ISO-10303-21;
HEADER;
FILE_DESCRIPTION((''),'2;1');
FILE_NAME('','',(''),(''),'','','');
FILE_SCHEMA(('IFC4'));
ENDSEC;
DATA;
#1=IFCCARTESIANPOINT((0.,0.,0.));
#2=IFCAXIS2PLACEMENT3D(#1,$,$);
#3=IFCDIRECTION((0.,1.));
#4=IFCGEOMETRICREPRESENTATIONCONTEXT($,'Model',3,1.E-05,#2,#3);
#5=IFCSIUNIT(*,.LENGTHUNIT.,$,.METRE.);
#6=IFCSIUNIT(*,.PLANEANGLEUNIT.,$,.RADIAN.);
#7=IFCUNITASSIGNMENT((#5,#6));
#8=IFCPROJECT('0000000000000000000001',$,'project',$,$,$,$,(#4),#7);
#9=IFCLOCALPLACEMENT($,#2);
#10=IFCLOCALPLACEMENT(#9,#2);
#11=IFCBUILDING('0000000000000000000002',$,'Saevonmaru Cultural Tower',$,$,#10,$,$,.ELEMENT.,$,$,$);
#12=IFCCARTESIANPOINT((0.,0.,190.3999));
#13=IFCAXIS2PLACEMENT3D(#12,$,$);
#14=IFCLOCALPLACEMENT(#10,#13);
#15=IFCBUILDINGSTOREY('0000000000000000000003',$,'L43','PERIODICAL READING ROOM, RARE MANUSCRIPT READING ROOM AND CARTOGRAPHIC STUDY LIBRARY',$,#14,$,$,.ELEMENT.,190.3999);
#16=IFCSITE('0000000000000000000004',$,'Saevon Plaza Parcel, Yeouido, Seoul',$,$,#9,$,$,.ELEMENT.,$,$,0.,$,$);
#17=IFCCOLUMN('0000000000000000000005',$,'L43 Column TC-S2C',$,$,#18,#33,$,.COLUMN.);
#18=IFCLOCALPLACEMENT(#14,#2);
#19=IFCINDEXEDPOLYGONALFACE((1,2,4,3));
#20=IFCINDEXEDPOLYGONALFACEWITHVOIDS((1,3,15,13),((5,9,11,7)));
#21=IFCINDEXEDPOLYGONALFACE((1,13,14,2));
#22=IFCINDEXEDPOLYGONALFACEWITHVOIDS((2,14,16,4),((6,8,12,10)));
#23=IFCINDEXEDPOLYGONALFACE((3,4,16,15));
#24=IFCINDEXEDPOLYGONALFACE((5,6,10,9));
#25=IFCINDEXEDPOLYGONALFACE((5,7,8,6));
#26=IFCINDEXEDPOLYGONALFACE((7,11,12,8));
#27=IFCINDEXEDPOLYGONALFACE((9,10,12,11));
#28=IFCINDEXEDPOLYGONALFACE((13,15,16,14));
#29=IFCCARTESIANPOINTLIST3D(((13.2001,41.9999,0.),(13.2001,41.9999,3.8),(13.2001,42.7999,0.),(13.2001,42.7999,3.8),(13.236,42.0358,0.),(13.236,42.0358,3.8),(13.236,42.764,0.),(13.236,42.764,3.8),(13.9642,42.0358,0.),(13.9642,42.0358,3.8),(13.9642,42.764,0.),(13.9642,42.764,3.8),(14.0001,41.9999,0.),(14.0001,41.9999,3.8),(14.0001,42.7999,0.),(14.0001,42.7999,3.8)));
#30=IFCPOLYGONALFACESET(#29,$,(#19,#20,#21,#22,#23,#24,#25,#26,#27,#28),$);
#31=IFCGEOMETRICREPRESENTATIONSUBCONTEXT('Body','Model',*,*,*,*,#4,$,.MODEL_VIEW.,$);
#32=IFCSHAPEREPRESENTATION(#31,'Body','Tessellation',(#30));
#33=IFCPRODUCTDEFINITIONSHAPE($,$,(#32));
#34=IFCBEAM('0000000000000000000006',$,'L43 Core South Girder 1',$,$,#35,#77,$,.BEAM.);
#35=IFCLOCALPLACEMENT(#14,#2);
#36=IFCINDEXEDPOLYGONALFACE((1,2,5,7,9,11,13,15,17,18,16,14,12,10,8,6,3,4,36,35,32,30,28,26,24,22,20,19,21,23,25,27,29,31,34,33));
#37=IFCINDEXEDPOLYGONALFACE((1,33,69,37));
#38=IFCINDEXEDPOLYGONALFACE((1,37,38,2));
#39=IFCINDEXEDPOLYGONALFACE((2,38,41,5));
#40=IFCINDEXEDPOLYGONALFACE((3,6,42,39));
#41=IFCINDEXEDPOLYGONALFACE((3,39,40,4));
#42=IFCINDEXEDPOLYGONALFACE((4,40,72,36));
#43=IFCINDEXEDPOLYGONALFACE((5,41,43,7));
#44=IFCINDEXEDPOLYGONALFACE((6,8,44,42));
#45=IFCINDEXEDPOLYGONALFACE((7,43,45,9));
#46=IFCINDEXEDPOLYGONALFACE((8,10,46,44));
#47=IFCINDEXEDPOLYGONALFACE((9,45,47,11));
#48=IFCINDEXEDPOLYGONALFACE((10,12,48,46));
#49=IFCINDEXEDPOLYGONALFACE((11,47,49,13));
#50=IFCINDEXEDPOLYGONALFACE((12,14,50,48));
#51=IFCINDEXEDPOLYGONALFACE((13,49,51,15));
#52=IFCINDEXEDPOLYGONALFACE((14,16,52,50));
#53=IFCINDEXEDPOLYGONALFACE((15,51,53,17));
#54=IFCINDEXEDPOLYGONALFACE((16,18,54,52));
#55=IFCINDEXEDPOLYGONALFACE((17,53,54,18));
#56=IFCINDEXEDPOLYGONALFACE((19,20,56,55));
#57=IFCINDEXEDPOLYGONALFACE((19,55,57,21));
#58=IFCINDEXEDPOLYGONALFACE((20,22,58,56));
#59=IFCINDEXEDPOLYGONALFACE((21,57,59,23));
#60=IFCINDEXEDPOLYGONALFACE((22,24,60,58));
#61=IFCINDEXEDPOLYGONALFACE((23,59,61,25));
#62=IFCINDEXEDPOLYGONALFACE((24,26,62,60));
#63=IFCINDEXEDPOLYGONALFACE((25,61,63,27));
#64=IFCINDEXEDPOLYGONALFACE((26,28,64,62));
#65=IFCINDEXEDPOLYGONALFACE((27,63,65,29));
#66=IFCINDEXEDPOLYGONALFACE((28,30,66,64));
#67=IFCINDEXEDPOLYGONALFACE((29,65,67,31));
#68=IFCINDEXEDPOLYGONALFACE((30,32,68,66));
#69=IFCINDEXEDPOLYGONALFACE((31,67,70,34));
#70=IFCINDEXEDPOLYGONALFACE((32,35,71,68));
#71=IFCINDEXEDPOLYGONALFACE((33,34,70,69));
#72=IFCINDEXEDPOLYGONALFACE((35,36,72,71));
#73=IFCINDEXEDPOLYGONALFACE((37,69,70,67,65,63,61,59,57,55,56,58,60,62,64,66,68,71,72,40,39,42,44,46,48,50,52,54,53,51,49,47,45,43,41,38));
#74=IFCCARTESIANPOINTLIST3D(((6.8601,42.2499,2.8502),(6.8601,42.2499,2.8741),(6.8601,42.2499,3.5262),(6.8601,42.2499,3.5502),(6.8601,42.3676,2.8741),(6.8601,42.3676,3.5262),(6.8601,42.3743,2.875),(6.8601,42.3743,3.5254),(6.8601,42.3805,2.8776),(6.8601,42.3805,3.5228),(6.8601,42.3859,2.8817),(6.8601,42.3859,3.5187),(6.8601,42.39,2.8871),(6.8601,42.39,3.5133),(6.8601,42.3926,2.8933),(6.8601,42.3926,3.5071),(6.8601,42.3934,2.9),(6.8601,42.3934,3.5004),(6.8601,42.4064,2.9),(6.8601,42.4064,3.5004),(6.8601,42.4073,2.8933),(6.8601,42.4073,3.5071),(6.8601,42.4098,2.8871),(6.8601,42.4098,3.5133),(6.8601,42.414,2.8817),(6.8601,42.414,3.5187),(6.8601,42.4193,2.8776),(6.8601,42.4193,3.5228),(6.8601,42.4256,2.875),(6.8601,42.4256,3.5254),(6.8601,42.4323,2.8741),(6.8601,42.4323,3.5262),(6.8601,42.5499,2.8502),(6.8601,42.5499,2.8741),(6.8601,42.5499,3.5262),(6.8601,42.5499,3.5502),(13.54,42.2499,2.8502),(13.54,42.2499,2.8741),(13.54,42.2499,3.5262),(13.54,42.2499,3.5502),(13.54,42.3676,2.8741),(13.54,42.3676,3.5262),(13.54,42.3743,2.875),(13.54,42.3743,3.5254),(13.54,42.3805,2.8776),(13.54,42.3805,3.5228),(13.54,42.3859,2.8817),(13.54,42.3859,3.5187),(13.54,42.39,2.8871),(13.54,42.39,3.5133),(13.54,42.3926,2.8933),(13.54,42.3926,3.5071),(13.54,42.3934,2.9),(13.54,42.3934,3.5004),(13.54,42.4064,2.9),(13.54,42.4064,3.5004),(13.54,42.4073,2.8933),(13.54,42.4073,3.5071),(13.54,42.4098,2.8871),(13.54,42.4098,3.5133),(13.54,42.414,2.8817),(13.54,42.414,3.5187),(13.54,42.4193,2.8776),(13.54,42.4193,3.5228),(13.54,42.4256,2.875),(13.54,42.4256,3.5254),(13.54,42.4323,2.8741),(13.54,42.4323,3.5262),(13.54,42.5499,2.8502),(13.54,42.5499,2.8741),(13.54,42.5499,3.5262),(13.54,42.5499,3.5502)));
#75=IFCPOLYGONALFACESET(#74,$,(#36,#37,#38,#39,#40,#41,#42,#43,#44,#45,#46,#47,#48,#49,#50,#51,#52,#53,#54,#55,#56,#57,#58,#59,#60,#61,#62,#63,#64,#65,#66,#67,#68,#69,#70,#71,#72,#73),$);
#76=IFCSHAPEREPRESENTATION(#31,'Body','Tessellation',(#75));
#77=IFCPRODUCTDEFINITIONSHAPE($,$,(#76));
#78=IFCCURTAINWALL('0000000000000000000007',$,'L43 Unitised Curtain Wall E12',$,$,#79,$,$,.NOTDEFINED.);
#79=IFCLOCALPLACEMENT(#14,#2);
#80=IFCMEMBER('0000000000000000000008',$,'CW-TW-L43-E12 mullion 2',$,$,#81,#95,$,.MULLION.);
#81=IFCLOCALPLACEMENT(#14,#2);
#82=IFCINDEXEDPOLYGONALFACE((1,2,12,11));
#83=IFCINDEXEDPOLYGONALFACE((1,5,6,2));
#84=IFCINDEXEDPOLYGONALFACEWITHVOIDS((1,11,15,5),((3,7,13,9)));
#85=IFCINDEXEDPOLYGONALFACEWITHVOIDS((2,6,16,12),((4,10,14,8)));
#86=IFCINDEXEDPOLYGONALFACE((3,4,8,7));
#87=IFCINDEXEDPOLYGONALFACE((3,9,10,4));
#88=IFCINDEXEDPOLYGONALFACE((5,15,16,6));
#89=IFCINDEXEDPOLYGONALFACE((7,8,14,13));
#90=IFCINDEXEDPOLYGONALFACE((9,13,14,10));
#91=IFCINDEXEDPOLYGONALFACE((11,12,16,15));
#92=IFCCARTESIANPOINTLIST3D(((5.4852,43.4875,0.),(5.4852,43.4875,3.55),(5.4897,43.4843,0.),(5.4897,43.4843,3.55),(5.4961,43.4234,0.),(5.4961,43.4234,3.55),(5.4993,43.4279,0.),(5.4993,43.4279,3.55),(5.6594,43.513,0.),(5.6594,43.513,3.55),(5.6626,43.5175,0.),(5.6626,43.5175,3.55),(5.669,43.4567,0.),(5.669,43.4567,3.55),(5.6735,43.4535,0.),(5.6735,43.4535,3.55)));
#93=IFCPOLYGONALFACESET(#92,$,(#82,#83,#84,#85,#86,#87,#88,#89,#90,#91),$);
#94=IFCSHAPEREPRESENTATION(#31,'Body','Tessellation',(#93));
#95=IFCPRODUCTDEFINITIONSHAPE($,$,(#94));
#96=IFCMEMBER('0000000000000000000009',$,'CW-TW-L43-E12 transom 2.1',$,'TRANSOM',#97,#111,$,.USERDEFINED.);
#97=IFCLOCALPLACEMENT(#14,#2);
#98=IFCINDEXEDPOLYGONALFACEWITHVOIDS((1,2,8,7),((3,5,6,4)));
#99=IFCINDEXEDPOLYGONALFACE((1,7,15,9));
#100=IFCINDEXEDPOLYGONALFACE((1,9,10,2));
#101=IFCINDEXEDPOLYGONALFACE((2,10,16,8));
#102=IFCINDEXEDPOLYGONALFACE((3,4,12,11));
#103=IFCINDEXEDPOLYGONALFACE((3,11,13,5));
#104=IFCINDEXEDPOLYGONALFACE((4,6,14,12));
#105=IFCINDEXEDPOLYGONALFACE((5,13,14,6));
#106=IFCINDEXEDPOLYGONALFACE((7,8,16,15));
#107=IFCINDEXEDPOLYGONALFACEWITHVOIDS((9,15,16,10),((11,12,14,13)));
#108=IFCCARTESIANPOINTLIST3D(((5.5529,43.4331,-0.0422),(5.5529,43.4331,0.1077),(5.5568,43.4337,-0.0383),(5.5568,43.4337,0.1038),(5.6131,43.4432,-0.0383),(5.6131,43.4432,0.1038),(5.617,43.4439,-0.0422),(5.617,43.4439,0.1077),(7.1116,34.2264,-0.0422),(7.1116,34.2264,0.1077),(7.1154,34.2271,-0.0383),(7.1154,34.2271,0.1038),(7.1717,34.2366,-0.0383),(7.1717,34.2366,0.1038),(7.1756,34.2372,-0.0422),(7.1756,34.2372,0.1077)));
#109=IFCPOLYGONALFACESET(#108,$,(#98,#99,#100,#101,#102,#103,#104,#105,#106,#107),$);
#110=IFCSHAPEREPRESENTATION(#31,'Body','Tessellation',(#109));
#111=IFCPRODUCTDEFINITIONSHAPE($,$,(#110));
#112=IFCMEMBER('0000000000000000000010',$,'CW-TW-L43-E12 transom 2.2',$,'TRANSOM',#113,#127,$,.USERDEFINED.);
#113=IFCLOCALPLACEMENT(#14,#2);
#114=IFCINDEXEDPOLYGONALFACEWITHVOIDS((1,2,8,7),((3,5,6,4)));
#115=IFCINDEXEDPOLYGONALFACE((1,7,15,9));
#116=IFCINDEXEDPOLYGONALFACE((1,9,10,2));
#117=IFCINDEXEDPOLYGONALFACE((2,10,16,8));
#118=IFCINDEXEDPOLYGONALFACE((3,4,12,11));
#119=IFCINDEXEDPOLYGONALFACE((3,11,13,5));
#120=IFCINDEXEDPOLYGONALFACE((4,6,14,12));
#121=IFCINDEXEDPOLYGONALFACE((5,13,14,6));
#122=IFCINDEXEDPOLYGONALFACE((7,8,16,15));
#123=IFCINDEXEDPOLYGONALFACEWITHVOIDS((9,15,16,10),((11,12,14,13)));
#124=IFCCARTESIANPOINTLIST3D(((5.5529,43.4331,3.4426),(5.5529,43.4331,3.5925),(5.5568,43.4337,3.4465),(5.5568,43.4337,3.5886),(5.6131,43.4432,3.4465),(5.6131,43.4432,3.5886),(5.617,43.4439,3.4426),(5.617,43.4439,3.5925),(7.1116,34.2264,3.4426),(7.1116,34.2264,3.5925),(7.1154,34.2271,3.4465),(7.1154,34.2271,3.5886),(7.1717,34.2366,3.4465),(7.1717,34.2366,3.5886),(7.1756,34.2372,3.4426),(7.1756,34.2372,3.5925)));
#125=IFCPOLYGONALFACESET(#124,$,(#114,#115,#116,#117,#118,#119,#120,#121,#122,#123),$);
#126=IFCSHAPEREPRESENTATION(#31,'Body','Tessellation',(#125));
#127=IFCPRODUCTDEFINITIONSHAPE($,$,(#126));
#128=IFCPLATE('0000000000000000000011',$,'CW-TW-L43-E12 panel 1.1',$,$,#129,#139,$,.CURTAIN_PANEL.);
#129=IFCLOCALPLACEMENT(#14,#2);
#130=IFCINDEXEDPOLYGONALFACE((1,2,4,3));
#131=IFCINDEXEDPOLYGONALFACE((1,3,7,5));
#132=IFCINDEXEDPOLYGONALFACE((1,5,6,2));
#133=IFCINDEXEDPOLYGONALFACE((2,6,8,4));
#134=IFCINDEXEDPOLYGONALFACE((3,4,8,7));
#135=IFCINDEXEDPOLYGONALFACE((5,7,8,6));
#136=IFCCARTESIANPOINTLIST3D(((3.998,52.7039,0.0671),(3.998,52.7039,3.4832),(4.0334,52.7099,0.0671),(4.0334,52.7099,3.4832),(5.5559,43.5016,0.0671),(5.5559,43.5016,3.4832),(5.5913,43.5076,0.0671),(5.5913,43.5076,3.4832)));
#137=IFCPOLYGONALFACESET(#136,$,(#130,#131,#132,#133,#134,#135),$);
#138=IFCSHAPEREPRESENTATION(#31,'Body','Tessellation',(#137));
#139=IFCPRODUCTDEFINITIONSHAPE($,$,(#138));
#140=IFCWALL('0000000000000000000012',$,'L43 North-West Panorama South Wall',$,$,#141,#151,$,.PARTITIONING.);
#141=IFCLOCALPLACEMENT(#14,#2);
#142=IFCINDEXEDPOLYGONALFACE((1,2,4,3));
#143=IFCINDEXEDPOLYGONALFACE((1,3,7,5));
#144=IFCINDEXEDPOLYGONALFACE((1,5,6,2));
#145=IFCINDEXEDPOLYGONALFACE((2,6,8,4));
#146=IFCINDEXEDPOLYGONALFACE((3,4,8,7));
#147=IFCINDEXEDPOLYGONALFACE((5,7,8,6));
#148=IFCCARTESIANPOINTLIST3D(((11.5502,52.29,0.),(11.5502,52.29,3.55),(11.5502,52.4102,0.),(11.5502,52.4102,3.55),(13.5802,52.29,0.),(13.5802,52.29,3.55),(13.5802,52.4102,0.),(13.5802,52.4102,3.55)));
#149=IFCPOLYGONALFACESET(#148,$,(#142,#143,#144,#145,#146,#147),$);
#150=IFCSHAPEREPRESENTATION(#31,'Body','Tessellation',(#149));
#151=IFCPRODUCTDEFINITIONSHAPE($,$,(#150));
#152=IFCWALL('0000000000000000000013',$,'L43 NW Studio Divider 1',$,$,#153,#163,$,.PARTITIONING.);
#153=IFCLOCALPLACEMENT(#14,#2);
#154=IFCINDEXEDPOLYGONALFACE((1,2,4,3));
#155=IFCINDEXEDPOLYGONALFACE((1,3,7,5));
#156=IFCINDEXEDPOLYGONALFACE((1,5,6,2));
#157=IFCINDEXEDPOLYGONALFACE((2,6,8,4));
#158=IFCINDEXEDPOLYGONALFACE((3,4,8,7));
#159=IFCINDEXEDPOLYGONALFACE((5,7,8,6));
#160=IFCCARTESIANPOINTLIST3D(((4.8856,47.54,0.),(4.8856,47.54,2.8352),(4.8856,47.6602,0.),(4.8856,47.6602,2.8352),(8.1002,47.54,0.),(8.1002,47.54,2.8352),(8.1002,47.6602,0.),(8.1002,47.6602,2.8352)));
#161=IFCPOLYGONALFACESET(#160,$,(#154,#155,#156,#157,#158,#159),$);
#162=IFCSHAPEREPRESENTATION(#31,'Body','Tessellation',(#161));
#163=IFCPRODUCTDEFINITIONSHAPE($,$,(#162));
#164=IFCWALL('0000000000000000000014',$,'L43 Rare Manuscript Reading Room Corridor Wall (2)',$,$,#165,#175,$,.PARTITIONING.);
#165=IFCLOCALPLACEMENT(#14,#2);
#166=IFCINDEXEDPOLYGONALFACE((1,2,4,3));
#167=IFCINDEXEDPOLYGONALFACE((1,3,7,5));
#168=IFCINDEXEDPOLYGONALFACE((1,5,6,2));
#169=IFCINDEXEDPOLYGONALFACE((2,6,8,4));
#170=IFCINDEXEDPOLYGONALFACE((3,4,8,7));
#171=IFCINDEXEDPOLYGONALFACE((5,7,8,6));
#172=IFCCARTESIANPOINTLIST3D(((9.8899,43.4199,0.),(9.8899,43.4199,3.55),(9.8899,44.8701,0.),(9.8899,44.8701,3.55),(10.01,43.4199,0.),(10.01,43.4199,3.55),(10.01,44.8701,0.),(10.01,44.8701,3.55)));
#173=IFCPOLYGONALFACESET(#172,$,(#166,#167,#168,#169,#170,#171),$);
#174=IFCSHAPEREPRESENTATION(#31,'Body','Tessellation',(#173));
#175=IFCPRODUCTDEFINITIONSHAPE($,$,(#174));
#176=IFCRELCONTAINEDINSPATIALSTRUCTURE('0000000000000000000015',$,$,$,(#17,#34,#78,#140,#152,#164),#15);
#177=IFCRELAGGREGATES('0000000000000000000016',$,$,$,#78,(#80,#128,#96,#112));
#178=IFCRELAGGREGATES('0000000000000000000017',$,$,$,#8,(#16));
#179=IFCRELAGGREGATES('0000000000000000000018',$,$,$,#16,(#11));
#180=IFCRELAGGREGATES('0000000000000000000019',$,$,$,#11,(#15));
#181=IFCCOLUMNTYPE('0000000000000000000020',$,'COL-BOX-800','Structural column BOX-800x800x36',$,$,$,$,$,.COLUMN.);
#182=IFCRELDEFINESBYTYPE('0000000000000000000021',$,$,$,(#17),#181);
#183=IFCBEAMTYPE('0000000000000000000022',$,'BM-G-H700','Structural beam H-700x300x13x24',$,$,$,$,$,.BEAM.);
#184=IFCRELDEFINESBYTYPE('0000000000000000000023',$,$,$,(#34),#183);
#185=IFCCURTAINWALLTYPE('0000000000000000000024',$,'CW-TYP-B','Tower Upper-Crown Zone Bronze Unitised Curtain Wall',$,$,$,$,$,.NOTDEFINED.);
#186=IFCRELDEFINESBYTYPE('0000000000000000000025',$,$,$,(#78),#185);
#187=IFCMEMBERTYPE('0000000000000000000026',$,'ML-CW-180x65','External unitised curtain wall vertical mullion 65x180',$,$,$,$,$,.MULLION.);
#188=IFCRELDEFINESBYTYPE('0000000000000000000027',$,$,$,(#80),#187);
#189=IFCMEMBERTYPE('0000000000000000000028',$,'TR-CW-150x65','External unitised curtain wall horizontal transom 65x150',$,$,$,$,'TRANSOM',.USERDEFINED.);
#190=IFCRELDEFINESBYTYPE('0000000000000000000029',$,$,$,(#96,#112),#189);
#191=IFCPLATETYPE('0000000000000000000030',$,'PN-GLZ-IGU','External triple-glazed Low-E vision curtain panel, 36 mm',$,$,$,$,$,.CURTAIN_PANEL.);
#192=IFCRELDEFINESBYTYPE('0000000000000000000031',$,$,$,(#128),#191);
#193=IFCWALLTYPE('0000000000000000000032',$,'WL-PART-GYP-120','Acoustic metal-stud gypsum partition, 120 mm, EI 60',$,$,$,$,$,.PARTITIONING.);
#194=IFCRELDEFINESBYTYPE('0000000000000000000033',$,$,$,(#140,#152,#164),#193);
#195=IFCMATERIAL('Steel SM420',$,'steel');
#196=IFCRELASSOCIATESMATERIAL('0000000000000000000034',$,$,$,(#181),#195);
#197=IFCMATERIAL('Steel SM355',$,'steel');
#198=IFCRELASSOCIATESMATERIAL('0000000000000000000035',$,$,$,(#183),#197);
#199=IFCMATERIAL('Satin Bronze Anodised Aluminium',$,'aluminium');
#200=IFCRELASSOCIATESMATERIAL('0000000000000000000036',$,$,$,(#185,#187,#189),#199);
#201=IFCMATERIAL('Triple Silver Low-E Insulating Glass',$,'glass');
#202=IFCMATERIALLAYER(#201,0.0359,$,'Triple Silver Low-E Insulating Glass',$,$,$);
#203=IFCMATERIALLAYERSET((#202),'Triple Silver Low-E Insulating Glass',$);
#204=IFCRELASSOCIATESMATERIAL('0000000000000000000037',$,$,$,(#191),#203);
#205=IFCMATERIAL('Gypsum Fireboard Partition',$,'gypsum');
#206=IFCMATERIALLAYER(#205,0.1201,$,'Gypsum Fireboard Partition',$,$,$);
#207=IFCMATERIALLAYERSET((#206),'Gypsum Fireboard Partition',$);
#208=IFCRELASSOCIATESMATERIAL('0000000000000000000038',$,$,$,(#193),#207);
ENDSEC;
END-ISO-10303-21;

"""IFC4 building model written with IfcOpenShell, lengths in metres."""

from ifc_helpers import new_model, si_unit, direction, frame, frame_2d, origin, origin_2d, place, context, subcontext, project, spatial, rectangle, hollow_rectangle, i_section, extrude, material, layer, layer_set, material_profile, profile_set, type_object, element, aggregate, save


model = new_model("IFC4")

# Units and contexts
model_context = context("Model", 3, precision=1e-05, world=origin(), true_north=direction((0.0, 1.0)))
body_context = subcontext(model_context, "Body", "Model", "MODEL_VIEW")
ifc_project = project(units=[si_unit("LENGTHUNIT", "METRE"), si_unit("PLANEANGLEUNIT", "RADIAN")], contexts=[model_context])

# Site, building, storey
site_placement = place(None, origin())
site = spatial("IfcSite", under=ifc_project, at=site_placement, Name="Saevon Plaza Parcel, Yeouido, Seoul", CompositionType="ELEMENT", RefElevation=0.0)
building_placement = place(site_placement, origin())
building = spatial("IfcBuilding", under=site, at=building_placement, Name="Saevonmaru Cultural Tower", CompositionType="ELEMENT")
storey_placement = place(building_placement, frame((0.0, 0.0, 190.3999)))
storey = spatial("IfcBuildingStorey", under=building, at=storey_placement, Name="L43", Description="PERIODICAL READING ROOM, RARE MANUSCRIPT READING ROOM AND CARTOGRAPHIC STUDY LIBRARY", CompositionType="ELEMENT", Elevation=190.3999)

# Column
ifc_material_1 = material(Name="Steel SM420", Category="steel")
ifc_material_profile_1 = material_profile(ifc_material_1, hollow_rectangle(XDim=0.8, YDim=0.8, WallThickness=0.0359, at=origin_2d()), Name="BOX-800x800x36")
ifc_profile_set_1 = profile_set([ifc_material_profile_1], Name="Steel SM420")
column_type = type_object("IfcColumnType", Name="COL-BOX-800", Description="Structural column BOX-800x800x36", PredefinedType="COLUMN", material=ifc_profile_set_1)
column_placement = place(storey_placement, frame((13.6001, 42.3999, 0.0), z_axis=(0.0, 0.0, 1.0), x_axis=(1.0, 0.0, 0.0)))
element("IfcColumn", 1, at=column_placement, inside=storey, type_object=column_type, Name="L43 Column TC-S2C", PredefinedType="COLUMN", context=body_context, shape_type="SweptSolid", body=[
    extrude(hollow_rectangle(XDim=0.8, YDim=0.8, WallThickness=0.0359, at=origin_2d()), origin(), (0.0, 0.0, 1.0), 3.8),
])

# Beam
ifc_material_2 = material(Name="Steel SM355", Category="steel")
ifc_material_profile_2 = material_profile(ifc_material_2, i_section(OverallWidth=0.3, OverallDepth=0.7, WebThickness=0.0129, FlangeThickness=0.0239, FilletRadius=0.0259, at=origin_2d()), Name="H-700x300x13x24")
ifc_profile_set_2 = profile_set([ifc_material_profile_2], Name="Steel SM355")
beam_type = type_object("IfcBeamType", Name="BM-G-H700", Description="Structural beam H-700x300x13x24", PredefinedType="BEAM", material=ifc_profile_set_2)
beam_placement = place(storey_placement, frame((6.8601, 42.3999, 3.2002), z_axis=(1.0, 0.0, 0.0), x_axis=(0.0, 1.0, 0.0)))
element("IfcBeam", 2, at=beam_placement, inside=storey, type_object=beam_type, Name="L43 Core South Girder 1", PredefinedType="BEAM", context=body_context, shape_type="SweptSolid", body=[
    extrude(i_section(OverallWidth=0.3, OverallDepth=0.7, WebThickness=0.0129, FlangeThickness=0.0239, FilletRadius=0.0259, at=origin_2d()), origin(), (0.0, 0.0, 1.0), 6.6799),
])

# Curtain wall, members, plate
ifc_material_3 = material(Name="Satin Bronze Anodised Aluminium", Category="aluminium")
curtain_wall_type = type_object("IfcCurtainWallType", Name="CW-TYP-B", Description="Tower Upper-Crown Zone Bronze Unitised Curtain Wall", PredefinedType="NOTDEFINED", material=ifc_material_3)
curtain_wall_placement = place(storey_placement, origin())
curtain_wall = element("IfcCurtainWall", 3, at=curtain_wall_placement, inside=storey, type_object=curtain_wall_type, Name="L43 Unitised Curtain Wall E12", PredefinedType="NOTDEFINED")
ifc_material_profile_3 = material_profile(ifc_material_3, hollow_rectangle(XDim=0.0649, YDim=0.1799, WallThickness=0.0039, at=origin_2d()), Name="ALU-MULL-180x65x4")
ifc_profile_set_3 = profile_set([ifc_material_profile_3], Name="Satin Bronze Anodised Aluminium")
member_type_1 = type_object("IfcMemberType", Name="ML-CW-180x65", Description="External unitised curtain wall vertical mullion 65x180", PredefinedType="MULLION", material=ifc_profile_set_3)
member_1_placement = place(storey_placement, frame((5.5793, 43.4705, 0.0), z_axis=(0.0, 0.0, 1.0), x_axis=(0.166922, -0.98597, 0.0)))
member_1 = element("IfcMember", 4, at=member_1_placement, type_object=member_type_1, Name="CW-TW-L43-E12 mullion 2", PredefinedType="MULLION", context=body_context, shape_type="SweptSolid", body=[
    extrude(hollow_rectangle(XDim=0.0649, YDim=0.1799, WallThickness=0.0039, at=origin_2d()), origin(), (0.0, 0.0, 1.0), 3.55),
])
ifc_material_profile_4 = material_profile(ifc_material_3, hollow_rectangle(XDim=0.0649, YDim=0.1499, WallThickness=0.0039, at=origin_2d()), Name="ALU-TRAN-150x65x4")
ifc_profile_set_4 = profile_set([ifc_material_profile_4], Name="Satin Bronze Anodised Aluminium")
member_type_2 = type_object("IfcMemberType", Name="TR-CW-150x65", Description="External unitised curtain wall horizontal transom 65x150", ElementType="TRANSOM", PredefinedType="USERDEFINED", material=ifc_profile_set_4)
member_2_placement = place(storey_placement, frame((5.585, 43.4385, 0.0327), z_axis=(0.166917, -0.985971, 0.0), x_axis=(0.985971, 0.166917, 0.0)))
member_2 = element("IfcMember", 5, at=member_2_placement, type_object=member_type_2, Name="CW-TW-L43-E12 transom 2.1", ObjectType="TRANSOM", PredefinedType="USERDEFINED", context=body_context, shape_type="SweptSolid", body=[
    extrude(hollow_rectangle(XDim=0.0649, YDim=0.1499, WallThickness=0.0039, at=origin_2d()), origin(), (0.0, 0.0, 1.0), 9.3376),
])
member_3_placement = place(storey_placement, frame((5.585, 43.4385, 3.5176), z_axis=(0.166917, -0.985971, 0.0), x_axis=(0.985971, 0.166917, 0.0)))
member_3 = element("IfcMember", 6, at=member_3_placement, type_object=member_type_2, Name="CW-TW-L43-E12 transom 2.2", ObjectType="TRANSOM", PredefinedType="USERDEFINED", context=body_context, shape_type="SweptSolid", body=[
    extrude(hollow_rectangle(XDim=0.0649, YDim=0.1499, WallThickness=0.0039, at=origin_2d()), origin(), (0.0, 0.0, 1.0), 9.3376),
])
ifc_material_4 = material(Name="Triple Silver Low-E Insulating Glass", Category="glass")
ifc_layer_1 = layer(ifc_material_4, 0.0359, Name="Triple Silver Low-E Insulating Glass")
ifc_layer_set_1 = layer_set([ifc_layer_1], Name="Triple Silver Low-E Insulating Glass")
plate_type = type_object("IfcPlateType", Name="PN-GLZ-IGU", Description="External triple-glazed Low-E vision curtain panel, 36 mm", PredefinedType="CURTAIN_PANEL", material=ifc_layer_set_1)
plate_placement = place(storey_placement, frame((4.7947, 48.1057, 0.0671), z_axis=(0.0, 0.0, 1.0), x_axis=(0.166922, -0.98597, 0.0)))
plate = element("IfcPlate", 7, at=plate_placement, type_object=plate_type, Name="CW-TW-L43-E12 panel 1.1", PredefinedType="CURTAIN_PANEL", context=body_context, shape_type="SweptSolid", body=[
    extrude(rectangle(XDim=9.3333, YDim=0.0359, at=origin_2d()), origin(), (0.0, 0.0, 1.0), 3.416),
])
aggregate(curtain_wall, [member_1, plate, member_2, member_3])

# Walls
ifc_material_5 = material(Name="Gypsum Fireboard Partition", Category="gypsum")
ifc_layer_2 = layer(ifc_material_5, 0.1201, Name="Gypsum Fireboard Partition")
ifc_layer_set_2 = layer_set([ifc_layer_2], Name="Gypsum Fireboard Partition")
wall_type_1 = type_object("IfcWallType", Name="WL-PART-GYP-120", Description="Acoustic metal-stud gypsum partition, 120 mm, EI 60", PredefinedType="PARTITIONING", material=ifc_layer_set_2)
wall_1_placement = place(storey_placement, frame((11.55, 52.3501, 0.0), z_axis=(0.0, 0.0, 1.0), x_axis=(1.0, 0.0, 0.0)))
element("IfcWall", 8, at=wall_1_placement, inside=storey, type_object=wall_type_1, Name="L43 North-West Panorama South Wall", PredefinedType="PARTITIONING", context=body_context, shape_type="SweptSolid", body=[
    extrude(rectangle(XDim=2.03, YDim=0.1201, at=frame_2d((1.0151, 0.0))), origin(), (0.0, 0.0, 1.0), 3.55),
])
wall_2_placement = place(storey_placement, frame((4.8855, 47.6001, 0.0), z_axis=(0.0, 0.0, 1.0), x_axis=(1.0, 0.0, 0.0)))
element("IfcWall", 9, at=wall_2_placement, inside=storey, type_object=wall_type_1, Name="L43 NW Studio Divider 1", PredefinedType="PARTITIONING", context=body_context, shape_type="SweptSolid", body=[
    extrude(rectangle(XDim=3.2146, YDim=0.1201, at=frame_2d((1.6074, 0.0))), origin(), (0.0, 0.0, 1.0), 2.8352),
])
wall_3_placement = place(storey_placement, frame((9.95, 43.4199, 0.0), z_axis=(0.0, 0.0, 1.0), x_axis=(0.0, 1.0, 0.0)))
element("IfcWall", 10, at=wall_3_placement, inside=storey, type_object=wall_type_1, Name="L43 Rare Manuscript Reading Room Corridor Wall (2)", PredefinedType="PARTITIONING", context=body_context, shape_type="SweptSolid", body=[
    extrude(rectangle(XDim=1.4502, YDim=0.1201, at=frame_2d((0.7251, 0.0))), origin(), (0.0, 0.0, 1.0), 3.55),
])

save(model, "model.ifc")
